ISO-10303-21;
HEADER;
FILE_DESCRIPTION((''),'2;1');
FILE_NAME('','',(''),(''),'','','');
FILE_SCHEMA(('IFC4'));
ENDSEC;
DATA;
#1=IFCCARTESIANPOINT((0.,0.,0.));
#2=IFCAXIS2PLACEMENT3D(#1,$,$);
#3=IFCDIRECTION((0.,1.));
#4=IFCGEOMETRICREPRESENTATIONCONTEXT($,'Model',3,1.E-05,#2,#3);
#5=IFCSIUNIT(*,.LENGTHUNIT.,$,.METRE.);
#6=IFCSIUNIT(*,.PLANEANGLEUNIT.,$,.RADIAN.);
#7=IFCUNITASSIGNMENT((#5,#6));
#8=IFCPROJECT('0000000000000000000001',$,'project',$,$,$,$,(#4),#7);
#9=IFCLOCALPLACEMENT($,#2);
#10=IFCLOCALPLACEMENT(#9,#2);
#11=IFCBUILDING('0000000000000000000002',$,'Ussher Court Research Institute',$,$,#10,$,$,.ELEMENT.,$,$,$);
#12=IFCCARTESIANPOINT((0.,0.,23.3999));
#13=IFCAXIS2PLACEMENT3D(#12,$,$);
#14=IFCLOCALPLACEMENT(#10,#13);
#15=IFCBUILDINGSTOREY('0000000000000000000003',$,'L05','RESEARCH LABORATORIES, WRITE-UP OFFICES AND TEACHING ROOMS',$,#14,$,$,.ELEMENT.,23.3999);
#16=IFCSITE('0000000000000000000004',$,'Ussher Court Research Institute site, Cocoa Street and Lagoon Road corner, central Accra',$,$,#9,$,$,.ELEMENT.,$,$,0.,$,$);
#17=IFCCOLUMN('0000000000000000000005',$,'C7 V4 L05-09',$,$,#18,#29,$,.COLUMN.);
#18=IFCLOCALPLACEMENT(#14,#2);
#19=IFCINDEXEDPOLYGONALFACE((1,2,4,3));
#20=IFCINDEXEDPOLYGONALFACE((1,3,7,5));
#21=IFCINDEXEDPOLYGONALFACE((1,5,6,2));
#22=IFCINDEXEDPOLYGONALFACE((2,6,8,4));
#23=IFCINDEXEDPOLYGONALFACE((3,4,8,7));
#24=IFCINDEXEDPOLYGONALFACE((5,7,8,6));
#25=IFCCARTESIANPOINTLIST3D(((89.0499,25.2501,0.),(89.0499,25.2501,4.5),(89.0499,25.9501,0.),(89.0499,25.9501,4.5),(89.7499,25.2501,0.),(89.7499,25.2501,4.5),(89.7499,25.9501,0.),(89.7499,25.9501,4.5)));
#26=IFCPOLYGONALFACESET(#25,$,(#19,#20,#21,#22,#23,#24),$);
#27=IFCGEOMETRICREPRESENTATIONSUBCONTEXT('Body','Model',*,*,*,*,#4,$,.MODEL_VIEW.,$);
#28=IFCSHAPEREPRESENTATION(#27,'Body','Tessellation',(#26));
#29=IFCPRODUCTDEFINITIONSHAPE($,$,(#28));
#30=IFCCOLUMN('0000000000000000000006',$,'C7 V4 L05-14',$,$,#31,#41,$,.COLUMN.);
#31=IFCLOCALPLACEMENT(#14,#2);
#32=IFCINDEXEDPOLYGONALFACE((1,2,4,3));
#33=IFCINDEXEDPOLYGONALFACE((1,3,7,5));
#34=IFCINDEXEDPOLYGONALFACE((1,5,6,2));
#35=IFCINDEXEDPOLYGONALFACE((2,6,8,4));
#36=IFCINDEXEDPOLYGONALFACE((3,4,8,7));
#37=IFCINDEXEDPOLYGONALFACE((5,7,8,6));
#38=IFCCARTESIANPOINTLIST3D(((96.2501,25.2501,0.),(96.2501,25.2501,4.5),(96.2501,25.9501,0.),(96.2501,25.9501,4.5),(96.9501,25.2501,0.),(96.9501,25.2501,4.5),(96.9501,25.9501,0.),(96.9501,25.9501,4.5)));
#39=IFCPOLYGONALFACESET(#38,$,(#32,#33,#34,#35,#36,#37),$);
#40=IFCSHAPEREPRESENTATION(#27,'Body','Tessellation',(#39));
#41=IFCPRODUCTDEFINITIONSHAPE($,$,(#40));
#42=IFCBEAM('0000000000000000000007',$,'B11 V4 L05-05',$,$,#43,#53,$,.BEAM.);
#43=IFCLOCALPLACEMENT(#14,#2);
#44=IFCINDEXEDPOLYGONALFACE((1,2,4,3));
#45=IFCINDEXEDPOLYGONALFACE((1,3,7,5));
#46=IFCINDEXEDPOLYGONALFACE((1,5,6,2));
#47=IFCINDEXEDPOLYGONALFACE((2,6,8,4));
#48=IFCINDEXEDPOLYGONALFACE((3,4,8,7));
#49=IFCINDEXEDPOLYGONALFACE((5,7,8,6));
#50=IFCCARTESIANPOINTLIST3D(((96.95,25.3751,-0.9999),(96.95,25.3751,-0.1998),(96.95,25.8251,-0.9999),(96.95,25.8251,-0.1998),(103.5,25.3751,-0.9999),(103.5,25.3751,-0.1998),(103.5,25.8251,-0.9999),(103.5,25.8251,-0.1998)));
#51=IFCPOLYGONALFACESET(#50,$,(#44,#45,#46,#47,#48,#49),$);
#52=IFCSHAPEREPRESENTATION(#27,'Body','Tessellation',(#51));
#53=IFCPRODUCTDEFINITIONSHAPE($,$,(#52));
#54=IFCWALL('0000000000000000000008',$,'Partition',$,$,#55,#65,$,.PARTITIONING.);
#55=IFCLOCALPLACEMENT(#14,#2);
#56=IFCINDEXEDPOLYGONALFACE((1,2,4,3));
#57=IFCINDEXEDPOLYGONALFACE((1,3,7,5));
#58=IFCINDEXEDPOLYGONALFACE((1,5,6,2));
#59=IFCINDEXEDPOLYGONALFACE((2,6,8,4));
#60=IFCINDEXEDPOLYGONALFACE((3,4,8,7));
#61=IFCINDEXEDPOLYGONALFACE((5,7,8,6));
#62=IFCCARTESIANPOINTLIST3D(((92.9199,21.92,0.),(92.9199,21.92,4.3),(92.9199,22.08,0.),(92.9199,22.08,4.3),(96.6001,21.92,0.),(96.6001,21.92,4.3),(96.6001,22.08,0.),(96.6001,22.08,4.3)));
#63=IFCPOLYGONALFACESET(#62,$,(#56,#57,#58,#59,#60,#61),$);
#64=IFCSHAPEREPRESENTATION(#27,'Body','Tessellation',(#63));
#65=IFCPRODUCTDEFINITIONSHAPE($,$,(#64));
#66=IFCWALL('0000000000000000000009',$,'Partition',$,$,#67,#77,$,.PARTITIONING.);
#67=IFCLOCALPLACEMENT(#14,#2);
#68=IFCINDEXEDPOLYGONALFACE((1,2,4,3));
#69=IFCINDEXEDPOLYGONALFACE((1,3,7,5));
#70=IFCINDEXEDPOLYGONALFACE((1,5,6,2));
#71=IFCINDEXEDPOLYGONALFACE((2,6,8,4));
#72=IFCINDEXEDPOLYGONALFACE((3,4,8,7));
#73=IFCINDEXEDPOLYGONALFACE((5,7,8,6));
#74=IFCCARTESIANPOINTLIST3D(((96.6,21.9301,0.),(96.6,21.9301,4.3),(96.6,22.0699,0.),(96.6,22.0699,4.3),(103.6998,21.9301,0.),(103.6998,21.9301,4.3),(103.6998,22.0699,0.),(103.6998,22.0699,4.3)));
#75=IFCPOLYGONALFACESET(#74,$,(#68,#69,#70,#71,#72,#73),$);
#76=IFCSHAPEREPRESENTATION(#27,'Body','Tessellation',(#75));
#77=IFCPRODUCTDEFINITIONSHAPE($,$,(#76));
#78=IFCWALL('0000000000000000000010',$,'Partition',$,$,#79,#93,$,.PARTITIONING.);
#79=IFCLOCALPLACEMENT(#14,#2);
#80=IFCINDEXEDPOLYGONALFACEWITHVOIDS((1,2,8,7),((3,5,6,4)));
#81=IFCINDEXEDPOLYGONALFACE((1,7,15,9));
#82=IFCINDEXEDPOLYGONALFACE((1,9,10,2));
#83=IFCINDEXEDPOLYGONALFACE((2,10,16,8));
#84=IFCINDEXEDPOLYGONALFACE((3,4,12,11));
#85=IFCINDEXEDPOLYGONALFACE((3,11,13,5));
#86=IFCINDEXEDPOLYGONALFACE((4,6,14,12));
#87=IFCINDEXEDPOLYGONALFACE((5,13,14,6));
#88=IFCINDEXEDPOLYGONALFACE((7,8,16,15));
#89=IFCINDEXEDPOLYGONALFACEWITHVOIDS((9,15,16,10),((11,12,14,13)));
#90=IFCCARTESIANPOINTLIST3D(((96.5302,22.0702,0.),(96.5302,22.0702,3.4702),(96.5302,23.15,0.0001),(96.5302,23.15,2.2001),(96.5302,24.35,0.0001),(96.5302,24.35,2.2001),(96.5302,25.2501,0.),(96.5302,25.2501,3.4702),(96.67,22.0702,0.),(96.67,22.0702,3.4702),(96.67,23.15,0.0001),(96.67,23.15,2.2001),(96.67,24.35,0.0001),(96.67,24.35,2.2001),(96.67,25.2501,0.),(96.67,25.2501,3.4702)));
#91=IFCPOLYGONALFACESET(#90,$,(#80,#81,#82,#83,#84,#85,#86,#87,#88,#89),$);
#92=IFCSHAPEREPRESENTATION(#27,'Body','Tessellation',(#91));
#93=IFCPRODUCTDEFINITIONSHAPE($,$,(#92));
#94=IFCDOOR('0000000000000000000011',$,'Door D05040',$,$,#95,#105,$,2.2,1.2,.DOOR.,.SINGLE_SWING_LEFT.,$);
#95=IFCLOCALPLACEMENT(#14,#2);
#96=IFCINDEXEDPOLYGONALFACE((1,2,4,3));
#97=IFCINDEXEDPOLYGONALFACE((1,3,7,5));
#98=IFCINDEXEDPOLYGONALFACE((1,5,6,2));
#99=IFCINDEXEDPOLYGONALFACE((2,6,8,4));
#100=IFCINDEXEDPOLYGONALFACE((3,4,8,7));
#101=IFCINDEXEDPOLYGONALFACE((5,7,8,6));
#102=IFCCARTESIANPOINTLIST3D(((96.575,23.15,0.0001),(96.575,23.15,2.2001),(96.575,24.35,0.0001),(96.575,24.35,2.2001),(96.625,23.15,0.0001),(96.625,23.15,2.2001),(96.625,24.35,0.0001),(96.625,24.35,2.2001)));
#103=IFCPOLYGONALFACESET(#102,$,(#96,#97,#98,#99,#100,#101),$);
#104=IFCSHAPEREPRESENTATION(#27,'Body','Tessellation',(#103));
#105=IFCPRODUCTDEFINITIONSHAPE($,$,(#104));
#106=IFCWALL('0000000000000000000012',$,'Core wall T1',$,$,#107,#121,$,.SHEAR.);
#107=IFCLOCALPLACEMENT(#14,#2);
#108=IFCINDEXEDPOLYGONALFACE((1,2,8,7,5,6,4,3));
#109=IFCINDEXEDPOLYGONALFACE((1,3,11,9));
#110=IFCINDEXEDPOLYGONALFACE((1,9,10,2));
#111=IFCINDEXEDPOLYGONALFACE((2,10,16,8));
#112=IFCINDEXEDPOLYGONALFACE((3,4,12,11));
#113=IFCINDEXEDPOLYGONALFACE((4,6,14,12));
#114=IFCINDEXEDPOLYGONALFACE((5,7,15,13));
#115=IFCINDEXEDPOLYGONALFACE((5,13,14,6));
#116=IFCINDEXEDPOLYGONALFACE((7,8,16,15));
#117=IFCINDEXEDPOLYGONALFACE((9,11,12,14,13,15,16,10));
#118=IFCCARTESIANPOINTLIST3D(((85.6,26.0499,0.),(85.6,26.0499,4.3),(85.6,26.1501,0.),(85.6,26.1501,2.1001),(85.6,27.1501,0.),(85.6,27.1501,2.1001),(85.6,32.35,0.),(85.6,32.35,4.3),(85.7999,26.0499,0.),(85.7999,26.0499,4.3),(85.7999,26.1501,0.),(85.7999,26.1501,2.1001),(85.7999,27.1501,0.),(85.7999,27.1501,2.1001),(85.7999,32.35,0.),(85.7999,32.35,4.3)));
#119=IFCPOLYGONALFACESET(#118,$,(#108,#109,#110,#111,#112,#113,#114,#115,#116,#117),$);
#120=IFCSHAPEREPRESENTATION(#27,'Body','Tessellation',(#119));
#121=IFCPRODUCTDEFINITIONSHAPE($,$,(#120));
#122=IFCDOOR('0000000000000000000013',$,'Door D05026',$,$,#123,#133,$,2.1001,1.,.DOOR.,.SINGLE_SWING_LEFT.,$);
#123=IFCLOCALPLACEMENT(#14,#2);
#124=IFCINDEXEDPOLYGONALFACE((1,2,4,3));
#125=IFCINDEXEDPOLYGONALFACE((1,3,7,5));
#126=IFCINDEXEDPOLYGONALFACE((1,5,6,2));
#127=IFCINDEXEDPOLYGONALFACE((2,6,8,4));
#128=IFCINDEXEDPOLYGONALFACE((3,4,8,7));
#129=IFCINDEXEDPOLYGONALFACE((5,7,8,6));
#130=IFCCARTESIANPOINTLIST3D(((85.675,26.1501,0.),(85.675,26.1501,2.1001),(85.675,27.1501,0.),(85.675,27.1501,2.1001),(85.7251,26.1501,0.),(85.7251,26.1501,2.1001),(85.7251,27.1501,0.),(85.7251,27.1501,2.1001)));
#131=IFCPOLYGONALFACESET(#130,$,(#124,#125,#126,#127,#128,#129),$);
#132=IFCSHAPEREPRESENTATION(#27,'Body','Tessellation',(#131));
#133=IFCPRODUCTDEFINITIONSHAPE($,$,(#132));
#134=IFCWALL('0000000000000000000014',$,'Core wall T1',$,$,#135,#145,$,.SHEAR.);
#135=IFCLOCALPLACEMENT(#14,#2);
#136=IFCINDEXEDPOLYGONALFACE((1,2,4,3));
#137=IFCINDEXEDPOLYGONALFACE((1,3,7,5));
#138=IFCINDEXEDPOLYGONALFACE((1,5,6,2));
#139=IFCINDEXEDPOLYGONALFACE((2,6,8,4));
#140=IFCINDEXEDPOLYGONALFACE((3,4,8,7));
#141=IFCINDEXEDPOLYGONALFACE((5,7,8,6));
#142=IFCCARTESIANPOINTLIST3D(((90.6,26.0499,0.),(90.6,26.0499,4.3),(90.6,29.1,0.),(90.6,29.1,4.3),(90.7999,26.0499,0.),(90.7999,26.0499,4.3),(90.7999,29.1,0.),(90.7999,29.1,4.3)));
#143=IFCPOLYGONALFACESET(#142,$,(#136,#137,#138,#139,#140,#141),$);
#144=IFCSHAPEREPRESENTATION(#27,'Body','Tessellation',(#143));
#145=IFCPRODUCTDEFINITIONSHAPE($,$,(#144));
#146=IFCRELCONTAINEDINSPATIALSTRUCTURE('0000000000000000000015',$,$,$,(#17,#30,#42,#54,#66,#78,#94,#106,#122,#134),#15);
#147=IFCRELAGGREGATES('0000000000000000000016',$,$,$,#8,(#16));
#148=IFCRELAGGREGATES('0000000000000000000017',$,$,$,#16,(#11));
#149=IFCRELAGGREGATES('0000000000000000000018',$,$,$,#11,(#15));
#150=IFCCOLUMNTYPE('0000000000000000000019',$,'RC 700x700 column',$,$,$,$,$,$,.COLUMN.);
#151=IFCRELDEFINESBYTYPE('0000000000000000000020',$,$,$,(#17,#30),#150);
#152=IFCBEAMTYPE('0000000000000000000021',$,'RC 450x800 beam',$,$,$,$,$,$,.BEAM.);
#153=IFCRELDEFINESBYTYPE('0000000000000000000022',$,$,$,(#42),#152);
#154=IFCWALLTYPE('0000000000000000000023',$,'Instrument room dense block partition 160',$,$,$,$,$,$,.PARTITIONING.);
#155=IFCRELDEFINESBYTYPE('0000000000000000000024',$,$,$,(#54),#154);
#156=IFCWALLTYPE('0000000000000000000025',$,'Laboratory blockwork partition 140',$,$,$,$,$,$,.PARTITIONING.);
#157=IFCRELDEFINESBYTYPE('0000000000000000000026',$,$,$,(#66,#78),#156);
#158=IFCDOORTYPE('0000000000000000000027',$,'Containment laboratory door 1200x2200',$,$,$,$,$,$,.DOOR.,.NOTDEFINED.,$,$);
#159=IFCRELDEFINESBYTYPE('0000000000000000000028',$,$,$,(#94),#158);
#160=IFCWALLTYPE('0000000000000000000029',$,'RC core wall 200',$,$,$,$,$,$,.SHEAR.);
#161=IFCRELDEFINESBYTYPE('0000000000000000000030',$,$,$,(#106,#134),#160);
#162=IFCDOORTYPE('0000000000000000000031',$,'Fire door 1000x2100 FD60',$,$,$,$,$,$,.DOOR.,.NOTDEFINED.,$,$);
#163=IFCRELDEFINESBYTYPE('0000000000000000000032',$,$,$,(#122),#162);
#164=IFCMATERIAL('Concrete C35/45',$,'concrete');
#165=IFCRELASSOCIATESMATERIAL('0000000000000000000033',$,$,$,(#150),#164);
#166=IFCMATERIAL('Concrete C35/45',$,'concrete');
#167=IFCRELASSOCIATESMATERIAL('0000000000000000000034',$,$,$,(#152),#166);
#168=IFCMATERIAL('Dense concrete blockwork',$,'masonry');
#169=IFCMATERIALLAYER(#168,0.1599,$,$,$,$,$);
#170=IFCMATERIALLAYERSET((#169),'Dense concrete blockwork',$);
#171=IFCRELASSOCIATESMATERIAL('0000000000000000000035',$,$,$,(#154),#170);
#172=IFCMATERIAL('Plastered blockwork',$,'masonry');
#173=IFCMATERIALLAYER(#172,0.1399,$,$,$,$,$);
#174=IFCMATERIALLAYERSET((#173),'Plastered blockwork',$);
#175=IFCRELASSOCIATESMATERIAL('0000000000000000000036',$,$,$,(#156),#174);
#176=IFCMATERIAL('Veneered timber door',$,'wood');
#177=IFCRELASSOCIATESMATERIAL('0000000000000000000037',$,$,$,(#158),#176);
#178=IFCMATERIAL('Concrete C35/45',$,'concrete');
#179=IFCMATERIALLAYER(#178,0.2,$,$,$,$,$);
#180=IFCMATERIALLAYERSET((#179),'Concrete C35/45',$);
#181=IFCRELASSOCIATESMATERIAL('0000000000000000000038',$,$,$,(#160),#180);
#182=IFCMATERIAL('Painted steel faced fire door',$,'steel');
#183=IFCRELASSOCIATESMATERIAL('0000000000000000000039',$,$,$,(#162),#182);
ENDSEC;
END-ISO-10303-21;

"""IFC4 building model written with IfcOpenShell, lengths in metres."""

from ifc_helpers import new_model, si_unit, direction, frame, frame_2d, origin, origin_2d, place, context, subcontext, project, spatial, rectangle, extrude, material, layer, layer_set, material_profile, profile_set, type_object, element, fill, save


model = new_model("IFC4")

# Units and contexts
model_context = context("Model", 3, precision=1e-05, world=origin(), true_north=direction((0.0, 1.0)))
body_context = subcontext(model_context, "Body", "Model", "MODEL_VIEW")
ifc_project = project(units=[si_unit("LENGTHUNIT", "METRE"), si_unit("PLANEANGLEUNIT", "RADIAN")], contexts=[model_context])

# Site, building, storey
site_placement = place(None, origin())
site = spatial("IfcSite", under=ifc_project, at=site_placement, Name="Ussher Court Research Institute site, Cocoa Street and Lagoon Road corner, central Accra", CompositionType="ELEMENT", RefElevation=0.0)
building_placement = place(site_placement, origin())
building = spatial("IfcBuilding", under=site, at=building_placement, Name="Ussher Court Research Institute", CompositionType="ELEMENT")
storey_placement = place(building_placement, frame((0.0, 0.0, 23.3999)))
storey = spatial("IfcBuildingStorey", under=building, at=storey_placement, Name="L05", Description="RESEARCH LABORATORIES, WRITE-UP OFFICES AND TEACHING ROOMS", CompositionType="ELEMENT", Elevation=23.3999)

# Columns
ifc_material_1 = material(Name="Concrete C35/45", Category="concrete")
ifc_material_profile_1 = material_profile(ifc_material_1, rectangle(XDim=0.7, YDim=0.7, at=origin_2d()), Name="RC 700x700")
ifc_profile_set_1 = profile_set([ifc_material_profile_1], Name="Concrete C35/45")
column_type = type_object("IfcColumnType", Name="RC 700x700 column", PredefinedType="COLUMN", material=ifc_profile_set_1)
for number, where, z_axis, x_axis, name in (
    (1, (89.3999, 25.6001, 0.0), (0.0, 0.0, 1.0), (1.0, 0.0, 0.0), "C7 V4 L05-09"),
    (2, (96.6001, 25.6001, 0.0), (0.0, 0.0, 1.0), (1.0, 0.0, 0.0), "C7 V4 L05-14"),
):
    element("IfcColumn", number, at=place(storey_placement, frame(where, z_axis=z_axis, x_axis=x_axis)), inside=storey, type_object=column_type, Name=name, PredefinedType="COLUMN", context=body_context, shape_type="SweptSolid", body=[
        extrude(rectangle(XDim=0.7, YDim=0.7, at=origin_2d()), origin(), (0.0, 0.0, 1.0), 4.5),
    ])

# Beam
ifc_material_2 = material(Name="Concrete C35/45", Category="concrete")
ifc_material_profile_2 = material_profile(ifc_material_2, rectangle(XDim=0.45, YDim=0.8, at=origin_2d()), Name="RC 450x800")
ifc_profile_set_2 = profile_set([ifc_material_profile_2], Name="Concrete C35/45")
beam_type = type_object("IfcBeamType", Name="RC 450x800 beam", PredefinedType="BEAM", material=ifc_profile_set_2)
beam_placement = place(storey_placement, frame((96.95, 25.6001, -0.5999), z_axis=(1.0, 0.0, 0.0), x_axis=(0.0, 1.0, 0.0)))
element("IfcBeam", 3, at=beam_placement, inside=storey, type_object=beam_type, Name="B11 V4 L05-05", PredefinedType="BEAM", context=body_context, shape_type="SweptSolid", body=[
    extrude(rectangle(XDim=0.45, YDim=0.8, at=origin_2d()), origin(), (0.0, 0.0, 1.0), 6.55),
])

# Walls
ifc_material_3 = material(Name="Dense concrete blockwork", Category="masonry")
ifc_layer_1 = layer(ifc_material_3, 0.1599)
ifc_layer_set_1 = layer_set([ifc_layer_1], Name="Dense concrete blockwork")
wall_type_1 = type_object("IfcWallType", Name="Instrument room dense block partition 160", PredefinedType="PARTITIONING", material=ifc_layer_set_1)
wall_1_placement = place(storey_placement, frame((92.9199, 22.0, 0.0), z_axis=(0.0, 0.0, 1.0), x_axis=(1.0, 0.0, 0.0)))
element("IfcWall", 4, at=wall_1_placement, inside=storey, type_object=wall_type_1, Name="Partition", PredefinedType="PARTITIONING", context=body_context, shape_type="SweptSolid", body=[
    extrude(rectangle(XDim=3.6802, YDim=0.1599, at=frame_2d((1.8401, 0.0))), origin(), (0.0, 0.0, 1.0), 4.3),
])
ifc_material_4 = material(Name="Plastered blockwork", Category="masonry")
ifc_layer_2 = layer(ifc_material_4, 0.1399)
ifc_layer_set_2 = layer_set([ifc_layer_2], Name="Plastered blockwork")
wall_type_2 = type_object("IfcWallType", Name="Laboratory blockwork partition 140", PredefinedType="PARTITIONING", material=ifc_layer_set_2)
wall_2_placement = place(storey_placement, frame((96.6001, 22.0, 0.0), z_axis=(0.0, 0.0, 1.0), x_axis=(1.0, 0.0, 0.0)))
element("IfcWall", 5, at=wall_2_placement, inside=storey, type_object=wall_type_2, Name="Partition", PredefinedType="PARTITIONING", context=body_context, shape_type="SweptSolid", body=[
    extrude(rectangle(XDim=7.0999, YDim=0.1399, at=frame_2d((3.5498, 0.0))), origin(), (0.0, 0.0, 1.0), 4.3),
])

# Walls, openings, doors
wall_3_placement = place(storey_placement, frame((96.6001, 25.25, 0.0), z_axis=(0.0, 0.0, 1.0), x_axis=(0.0, -1.0, 0.0)))
wall_3 = element("IfcWall", 6, at=wall_3_placement, inside=storey, type_object=wall_type_2, Name="Partition", PredefinedType="PARTITIONING", context=body_context, shape_type="SweptSolid", body=[
    extrude(rectangle(XDim=3.1799, YDim=0.1399, at=frame_2d((1.5898, 0.0))), origin(), (0.0, 0.0, 1.0), 3.4702),
])
opening_1_placement = place(wall_3_placement, frame((0.8999, 0.0, 0.0)))
opening_1 = element("IfcOpeningElement", 7, at=opening_1_placement, cuts=wall_3, PredefinedType="OPENING", context=body_context, shape_type="SweptSolid", body=[
    extrude(rectangle(XDim=1.2, YDim=2.2, at=frame_2d((0.6001, 1.1001))), frame((0.0, 0.0801, 0.0), z_axis=(0.0, -1.0, 0.0), x_axis=(1.0, 0.0, 0.0)), (0.0, 0.0, 1.0), 0.1599),
])
ifc_material_5 = material(Name="Veneered timber door", Category="wood")
door_type_1 = type_object("IfcDoorType", Name="Containment laboratory door 1200x2200", OperationType="NOTDEFINED", PredefinedType="DOOR", material=ifc_material_5)
door_1_placement = place(opening_1_placement, origin())
door_1 = element("IfcDoor", 8, at=door_1_placement, inside=storey, type_object=door_type_1, Name="Door D05040", OperationType="SINGLE_SWING_LEFT", OverallHeight=2.2, OverallWidth=1.2, PredefinedType="DOOR", context=body_context, shape_type="SweptSolid", body=[
    extrude(rectangle(XDim=1.2, YDim=2.2, at=frame_2d((0.6001, 1.1001))), frame((0.0, 0.0249, 0.0), z_axis=(0.0, -1.0, 0.0), x_axis=(1.0, 0.0, 0.0)), (0.0, 0.0, 1.0), 0.05),
])
fill(opening_1, door_1)
ifc_material_6 = material(Name="Concrete C35/45", Category="concrete")
ifc_layer_3 = layer(ifc_material_6, 0.2)
ifc_layer_set_3 = layer_set([ifc_layer_3], Name="Concrete C35/45")
wall_type_3 = type_object("IfcWallType", Name="RC core wall 200", PredefinedType="SHEAR", material=ifc_layer_set_3)
wall_4_placement = place(storey_placement, frame((85.7, 26.05, 0.0), z_axis=(0.0, 0.0, 1.0), x_axis=(0.0, 1.0, 0.0)))
wall_4 = element("IfcWall", 9, at=wall_4_placement, inside=storey, type_object=wall_type_3, Name="Core wall T1", PredefinedType="SHEAR", context=body_context, shape_type="SweptSolid", body=[
    extrude(rectangle(XDim=6.3, YDim=0.2, at=frame_2d((3.1499, 0.0))), origin(), (0.0, 0.0, 1.0), 4.3),
])
opening_2_placement = place(wall_4_placement, frame((0.1001, 0.0, 0.0)))
opening_2 = element("IfcOpeningElement", 10, at=opening_2_placement, cuts=wall_4, PredefinedType="OPENING", context=body_context, shape_type="SweptSolid", body=[
    extrude(rectangle(XDim=1.0, YDim=2.1001, at=frame_2d((0.5, 1.05))), frame((0.0, 0.1099, 0.0), z_axis=(0.0, -1.0, 0.0), x_axis=(1.0, 0.0, 0.0)), (0.0, 0.0, 1.0), 0.22),
])
ifc_material_7 = material(Name="Painted steel faced fire door", Category="steel")
door_type_2 = type_object("IfcDoorType", Name="Fire door 1000x2100 FD60", OperationType="NOTDEFINED", PredefinedType="DOOR", material=ifc_material_7)
door_2_placement = place(opening_2_placement, origin())
door_2 = element("IfcDoor", 11, at=door_2_placement, inside=storey, type_object=door_type_2, Name="Door D05026", OperationType="SINGLE_SWING_LEFT", OverallHeight=2.1001, OverallWidth=1.0, PredefinedType="DOOR", context=body_context, shape_type="SweptSolid", body=[
    extrude(rectangle(XDim=1.0, YDim=2.1001, at=frame_2d((0.5, 1.05))), frame((0.0, 0.0249, 0.0), z_axis=(0.0, -1.0, 0.0), x_axis=(1.0, 0.0, 0.0)), (0.0, 0.0, 1.0), 0.05),
])
fill(opening_2, door_2)

# Wall
wall_5_placement = place(storey_placement, frame((90.7, 26.05, 0.0), z_axis=(0.0, 0.0, 1.0), x_axis=(0.0, 1.0, 0.0)))
element("IfcWall", 12, at=wall_5_placement, inside=storey, type_object=wall_type_3, Name="Core wall T1", PredefinedType="SHEAR", context=body_context, shape_type="SweptSolid", body=[
    extrude(rectangle(XDim=3.05, YDim=0.2, at=frame_2d((1.5249, 0.0))), origin(), (0.0, 0.0, 1.0), 4.3),
])

save(model, "model.ifc")
